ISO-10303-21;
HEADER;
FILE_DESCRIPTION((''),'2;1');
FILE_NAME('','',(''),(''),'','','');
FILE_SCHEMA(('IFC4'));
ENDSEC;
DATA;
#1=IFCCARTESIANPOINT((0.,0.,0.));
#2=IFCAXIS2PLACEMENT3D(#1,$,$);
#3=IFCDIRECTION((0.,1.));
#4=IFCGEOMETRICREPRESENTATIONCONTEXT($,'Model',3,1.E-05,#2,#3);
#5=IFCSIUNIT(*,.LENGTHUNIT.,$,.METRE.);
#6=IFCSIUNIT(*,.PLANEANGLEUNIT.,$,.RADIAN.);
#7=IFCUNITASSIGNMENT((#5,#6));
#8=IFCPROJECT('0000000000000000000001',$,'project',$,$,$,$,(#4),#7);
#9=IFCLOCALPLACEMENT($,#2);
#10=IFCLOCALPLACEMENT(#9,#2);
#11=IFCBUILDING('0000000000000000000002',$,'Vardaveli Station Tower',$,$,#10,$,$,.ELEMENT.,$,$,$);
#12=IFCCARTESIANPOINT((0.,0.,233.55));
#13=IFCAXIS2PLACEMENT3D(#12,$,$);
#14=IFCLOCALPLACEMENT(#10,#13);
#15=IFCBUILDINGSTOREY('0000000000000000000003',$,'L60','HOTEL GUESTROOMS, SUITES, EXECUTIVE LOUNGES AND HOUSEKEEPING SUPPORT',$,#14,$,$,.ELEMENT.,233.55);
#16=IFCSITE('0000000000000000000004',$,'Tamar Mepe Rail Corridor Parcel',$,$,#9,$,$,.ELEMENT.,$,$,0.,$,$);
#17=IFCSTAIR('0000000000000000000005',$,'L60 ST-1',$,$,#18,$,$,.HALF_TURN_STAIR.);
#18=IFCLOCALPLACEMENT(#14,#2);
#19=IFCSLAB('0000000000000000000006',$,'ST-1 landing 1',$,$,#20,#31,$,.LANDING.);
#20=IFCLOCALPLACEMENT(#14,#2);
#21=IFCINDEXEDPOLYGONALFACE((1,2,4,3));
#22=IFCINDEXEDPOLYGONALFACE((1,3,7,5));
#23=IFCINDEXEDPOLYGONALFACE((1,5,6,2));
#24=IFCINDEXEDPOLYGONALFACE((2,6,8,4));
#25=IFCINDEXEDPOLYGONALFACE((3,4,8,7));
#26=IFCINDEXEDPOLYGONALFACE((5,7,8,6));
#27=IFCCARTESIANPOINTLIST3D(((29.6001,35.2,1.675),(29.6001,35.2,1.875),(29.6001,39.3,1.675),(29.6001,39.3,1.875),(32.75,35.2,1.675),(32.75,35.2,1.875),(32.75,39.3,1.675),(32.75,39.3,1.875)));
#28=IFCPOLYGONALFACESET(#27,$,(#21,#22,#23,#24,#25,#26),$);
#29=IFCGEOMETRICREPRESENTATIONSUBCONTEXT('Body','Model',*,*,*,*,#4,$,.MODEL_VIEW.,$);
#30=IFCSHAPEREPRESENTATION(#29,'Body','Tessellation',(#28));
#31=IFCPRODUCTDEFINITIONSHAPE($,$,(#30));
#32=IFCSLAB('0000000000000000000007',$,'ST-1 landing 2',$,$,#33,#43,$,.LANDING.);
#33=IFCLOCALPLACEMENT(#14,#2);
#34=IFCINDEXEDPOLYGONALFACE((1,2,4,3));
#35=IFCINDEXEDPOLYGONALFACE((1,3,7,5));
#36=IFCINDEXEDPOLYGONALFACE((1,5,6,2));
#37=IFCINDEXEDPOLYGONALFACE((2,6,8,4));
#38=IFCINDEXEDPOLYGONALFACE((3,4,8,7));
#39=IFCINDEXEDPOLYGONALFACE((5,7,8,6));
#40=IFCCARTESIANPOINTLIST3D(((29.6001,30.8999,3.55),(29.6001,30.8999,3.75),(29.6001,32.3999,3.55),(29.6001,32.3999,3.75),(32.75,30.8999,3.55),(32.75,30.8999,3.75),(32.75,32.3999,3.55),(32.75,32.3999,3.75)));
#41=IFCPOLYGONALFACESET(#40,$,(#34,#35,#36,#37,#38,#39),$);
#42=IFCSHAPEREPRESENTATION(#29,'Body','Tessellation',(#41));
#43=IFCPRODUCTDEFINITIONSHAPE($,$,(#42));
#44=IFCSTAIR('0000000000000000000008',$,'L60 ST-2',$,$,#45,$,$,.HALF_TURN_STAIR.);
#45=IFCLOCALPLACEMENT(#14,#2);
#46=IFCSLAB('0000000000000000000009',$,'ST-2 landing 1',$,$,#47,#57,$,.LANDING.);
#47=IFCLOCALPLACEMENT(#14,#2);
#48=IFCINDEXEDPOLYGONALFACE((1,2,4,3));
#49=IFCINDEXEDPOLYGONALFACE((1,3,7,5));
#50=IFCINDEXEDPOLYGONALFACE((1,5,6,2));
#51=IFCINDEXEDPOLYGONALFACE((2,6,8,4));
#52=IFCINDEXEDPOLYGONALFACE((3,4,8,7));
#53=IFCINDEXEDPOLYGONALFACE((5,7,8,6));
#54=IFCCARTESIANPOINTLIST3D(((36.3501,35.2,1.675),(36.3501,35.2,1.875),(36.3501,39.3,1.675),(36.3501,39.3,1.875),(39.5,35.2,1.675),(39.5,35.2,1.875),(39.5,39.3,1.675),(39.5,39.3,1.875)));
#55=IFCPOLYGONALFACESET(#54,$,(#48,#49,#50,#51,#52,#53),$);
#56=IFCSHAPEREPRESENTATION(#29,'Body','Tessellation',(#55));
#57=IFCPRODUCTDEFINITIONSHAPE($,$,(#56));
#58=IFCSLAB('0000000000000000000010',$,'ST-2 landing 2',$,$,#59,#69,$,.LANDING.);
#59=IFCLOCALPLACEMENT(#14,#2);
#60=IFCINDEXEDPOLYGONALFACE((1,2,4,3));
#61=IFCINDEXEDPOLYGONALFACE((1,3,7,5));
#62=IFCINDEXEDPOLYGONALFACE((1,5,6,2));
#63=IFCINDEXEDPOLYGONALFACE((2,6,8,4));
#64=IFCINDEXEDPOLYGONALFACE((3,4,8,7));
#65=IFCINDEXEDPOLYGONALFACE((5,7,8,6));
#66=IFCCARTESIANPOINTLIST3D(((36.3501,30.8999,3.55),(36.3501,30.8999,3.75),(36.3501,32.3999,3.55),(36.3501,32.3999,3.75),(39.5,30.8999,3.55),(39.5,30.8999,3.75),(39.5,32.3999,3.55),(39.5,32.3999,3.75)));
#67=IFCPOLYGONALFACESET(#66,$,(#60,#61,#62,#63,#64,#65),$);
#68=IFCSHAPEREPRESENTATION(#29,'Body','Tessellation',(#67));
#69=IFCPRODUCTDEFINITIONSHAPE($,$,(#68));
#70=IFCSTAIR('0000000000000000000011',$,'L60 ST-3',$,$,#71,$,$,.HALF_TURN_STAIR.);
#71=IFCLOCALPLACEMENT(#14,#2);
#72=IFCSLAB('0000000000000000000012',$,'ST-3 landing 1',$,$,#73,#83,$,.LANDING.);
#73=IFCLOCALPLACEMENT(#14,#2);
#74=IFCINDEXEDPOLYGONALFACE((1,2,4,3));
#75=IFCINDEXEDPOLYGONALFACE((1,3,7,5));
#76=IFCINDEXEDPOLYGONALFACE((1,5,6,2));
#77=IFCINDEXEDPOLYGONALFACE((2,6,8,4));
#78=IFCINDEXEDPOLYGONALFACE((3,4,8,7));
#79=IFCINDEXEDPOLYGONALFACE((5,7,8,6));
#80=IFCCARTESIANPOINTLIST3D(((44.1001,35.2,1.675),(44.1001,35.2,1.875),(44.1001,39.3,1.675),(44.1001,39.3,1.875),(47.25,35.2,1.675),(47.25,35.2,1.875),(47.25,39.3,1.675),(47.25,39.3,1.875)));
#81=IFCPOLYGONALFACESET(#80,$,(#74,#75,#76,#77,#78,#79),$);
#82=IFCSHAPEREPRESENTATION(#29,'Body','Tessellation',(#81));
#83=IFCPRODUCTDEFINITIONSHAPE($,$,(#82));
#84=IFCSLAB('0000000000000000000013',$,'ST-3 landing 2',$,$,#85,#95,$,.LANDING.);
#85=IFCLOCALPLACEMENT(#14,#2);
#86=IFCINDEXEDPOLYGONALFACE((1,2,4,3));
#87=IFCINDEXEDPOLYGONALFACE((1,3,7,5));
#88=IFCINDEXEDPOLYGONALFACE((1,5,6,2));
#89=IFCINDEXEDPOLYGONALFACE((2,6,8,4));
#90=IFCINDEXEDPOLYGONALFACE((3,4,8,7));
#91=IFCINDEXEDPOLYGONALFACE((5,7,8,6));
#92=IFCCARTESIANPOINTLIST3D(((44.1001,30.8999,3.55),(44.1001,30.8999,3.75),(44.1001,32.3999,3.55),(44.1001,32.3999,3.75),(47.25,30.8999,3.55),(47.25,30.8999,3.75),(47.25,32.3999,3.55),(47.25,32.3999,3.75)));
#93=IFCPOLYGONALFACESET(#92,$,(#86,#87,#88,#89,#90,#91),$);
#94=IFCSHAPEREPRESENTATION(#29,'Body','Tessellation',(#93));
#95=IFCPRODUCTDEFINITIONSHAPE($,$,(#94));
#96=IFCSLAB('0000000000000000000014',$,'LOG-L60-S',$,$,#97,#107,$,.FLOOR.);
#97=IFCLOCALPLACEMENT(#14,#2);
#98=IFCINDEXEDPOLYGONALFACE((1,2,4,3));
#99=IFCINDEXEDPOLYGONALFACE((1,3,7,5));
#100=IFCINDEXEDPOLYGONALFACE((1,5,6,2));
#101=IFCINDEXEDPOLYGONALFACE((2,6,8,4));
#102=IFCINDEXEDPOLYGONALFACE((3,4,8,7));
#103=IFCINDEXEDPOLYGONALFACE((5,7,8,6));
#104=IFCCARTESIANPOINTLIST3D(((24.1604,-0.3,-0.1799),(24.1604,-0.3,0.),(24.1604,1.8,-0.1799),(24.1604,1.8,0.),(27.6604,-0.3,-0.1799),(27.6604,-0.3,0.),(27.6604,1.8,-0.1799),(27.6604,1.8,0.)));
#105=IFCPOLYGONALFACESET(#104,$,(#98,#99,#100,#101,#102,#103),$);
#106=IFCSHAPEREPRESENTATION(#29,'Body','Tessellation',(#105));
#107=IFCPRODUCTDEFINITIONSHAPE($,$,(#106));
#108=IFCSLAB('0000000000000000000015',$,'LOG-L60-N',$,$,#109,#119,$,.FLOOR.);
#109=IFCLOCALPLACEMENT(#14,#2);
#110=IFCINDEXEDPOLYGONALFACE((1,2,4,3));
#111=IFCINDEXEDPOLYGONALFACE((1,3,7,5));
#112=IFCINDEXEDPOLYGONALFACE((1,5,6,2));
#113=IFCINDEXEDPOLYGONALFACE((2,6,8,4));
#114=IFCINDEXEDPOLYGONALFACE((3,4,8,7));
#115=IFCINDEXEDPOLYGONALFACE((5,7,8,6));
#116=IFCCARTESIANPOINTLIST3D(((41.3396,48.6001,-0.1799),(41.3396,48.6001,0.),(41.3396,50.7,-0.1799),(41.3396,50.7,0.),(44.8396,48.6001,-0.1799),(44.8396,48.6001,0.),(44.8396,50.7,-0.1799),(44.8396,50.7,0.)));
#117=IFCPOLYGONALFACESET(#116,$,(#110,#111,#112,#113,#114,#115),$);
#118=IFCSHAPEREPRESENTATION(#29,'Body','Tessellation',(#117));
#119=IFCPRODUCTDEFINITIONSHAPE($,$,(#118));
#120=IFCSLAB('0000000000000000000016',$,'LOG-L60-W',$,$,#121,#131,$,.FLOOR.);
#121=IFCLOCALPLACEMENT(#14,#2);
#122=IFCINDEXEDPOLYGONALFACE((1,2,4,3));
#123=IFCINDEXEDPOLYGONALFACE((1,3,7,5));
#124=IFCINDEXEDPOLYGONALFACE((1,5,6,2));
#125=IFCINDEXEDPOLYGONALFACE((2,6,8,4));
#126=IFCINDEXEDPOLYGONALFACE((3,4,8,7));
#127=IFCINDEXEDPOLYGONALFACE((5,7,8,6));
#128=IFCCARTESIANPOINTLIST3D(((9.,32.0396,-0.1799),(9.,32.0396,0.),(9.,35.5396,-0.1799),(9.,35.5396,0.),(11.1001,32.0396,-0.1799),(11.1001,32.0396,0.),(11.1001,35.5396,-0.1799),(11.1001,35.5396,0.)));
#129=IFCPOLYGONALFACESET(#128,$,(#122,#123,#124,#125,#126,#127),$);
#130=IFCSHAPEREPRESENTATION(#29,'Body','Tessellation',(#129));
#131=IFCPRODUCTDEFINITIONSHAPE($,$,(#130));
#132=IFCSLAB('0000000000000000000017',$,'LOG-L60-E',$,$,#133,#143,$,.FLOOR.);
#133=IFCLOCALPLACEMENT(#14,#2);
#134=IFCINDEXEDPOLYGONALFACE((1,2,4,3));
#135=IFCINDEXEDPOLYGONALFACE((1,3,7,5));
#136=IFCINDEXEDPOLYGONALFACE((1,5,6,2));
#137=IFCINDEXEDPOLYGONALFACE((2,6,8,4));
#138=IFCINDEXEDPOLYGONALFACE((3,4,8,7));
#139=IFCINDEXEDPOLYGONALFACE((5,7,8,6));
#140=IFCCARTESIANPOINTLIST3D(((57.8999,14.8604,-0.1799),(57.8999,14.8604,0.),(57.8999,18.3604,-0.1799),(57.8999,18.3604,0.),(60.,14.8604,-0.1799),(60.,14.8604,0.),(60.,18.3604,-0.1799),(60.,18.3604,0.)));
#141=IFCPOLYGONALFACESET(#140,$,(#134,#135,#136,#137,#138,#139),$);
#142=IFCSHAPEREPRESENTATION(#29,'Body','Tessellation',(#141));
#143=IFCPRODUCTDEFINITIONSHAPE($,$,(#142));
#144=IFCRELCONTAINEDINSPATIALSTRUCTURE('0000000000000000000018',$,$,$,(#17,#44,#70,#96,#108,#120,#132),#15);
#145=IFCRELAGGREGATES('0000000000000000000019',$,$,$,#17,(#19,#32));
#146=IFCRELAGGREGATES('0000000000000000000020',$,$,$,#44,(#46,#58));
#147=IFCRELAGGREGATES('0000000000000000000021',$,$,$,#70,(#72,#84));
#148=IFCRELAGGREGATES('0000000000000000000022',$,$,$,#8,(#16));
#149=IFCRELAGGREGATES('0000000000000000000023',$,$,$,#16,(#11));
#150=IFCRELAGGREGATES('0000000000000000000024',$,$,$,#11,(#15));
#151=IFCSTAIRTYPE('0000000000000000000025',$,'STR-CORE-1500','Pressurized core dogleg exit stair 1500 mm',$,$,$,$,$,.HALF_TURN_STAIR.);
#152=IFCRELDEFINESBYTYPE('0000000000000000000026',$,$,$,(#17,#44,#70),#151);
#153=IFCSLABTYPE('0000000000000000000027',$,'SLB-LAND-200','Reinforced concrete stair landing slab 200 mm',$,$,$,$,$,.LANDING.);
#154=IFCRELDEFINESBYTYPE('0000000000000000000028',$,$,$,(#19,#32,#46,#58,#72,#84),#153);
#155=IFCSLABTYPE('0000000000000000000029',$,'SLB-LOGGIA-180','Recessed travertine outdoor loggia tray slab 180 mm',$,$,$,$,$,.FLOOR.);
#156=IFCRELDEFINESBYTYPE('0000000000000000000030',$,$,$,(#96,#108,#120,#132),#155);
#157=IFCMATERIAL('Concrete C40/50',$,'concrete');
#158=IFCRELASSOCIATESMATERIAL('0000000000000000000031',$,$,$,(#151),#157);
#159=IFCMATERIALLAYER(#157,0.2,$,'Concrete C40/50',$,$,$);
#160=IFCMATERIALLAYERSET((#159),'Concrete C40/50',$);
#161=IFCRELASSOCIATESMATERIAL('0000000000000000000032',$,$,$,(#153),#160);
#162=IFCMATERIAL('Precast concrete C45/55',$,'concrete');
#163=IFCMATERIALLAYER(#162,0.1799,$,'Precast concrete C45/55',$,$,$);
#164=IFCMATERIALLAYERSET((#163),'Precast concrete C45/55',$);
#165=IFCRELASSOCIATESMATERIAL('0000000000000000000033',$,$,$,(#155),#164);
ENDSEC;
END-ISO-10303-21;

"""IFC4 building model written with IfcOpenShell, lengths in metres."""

from ifc_helpers import new_model, si_unit, direction, frame, origin, place, context, subcontext, project, spatial, polyline, outline, extrude, material, layer, layer_set, type_object, element, aggregate, save


model = new_model("IFC4")

# Units and contexts
model_context = context("Model", 3, precision=1e-05, world=origin(), true_north=direction((0.0, 1.0)))
body_context = subcontext(model_context, "Body", "Model", "MODEL_VIEW")
ifc_project = project(units=[si_unit("LENGTHUNIT", "METRE"), si_unit("PLANEANGLEUNIT", "RADIAN")], contexts=[model_context])

# Site, building, storey
site_placement = place(None, origin())
site = spatial("IfcSite", under=ifc_project, at=site_placement, Name="Tamar Mepe Rail Corridor Parcel", CompositionType="ELEMENT", RefElevation=0.0)
building_placement = place(site_placement, origin())
building = spatial("IfcBuilding", under=site, at=building_placement, Name="Vardaveli Station Tower", CompositionType="ELEMENT")
storey_placement = place(building_placement, frame((0.0, 0.0, 233.55)))
storey = spatial("IfcBuildingStorey", under=building, at=storey_placement, Name="L60", Description="HOTEL GUESTROOMS, SUITES, EXECUTIVE LOUNGES AND HOUSEKEEPING SUPPORT", CompositionType="ELEMENT", Elevation=233.55)

# Stairs, slabs
ifc_material_1 = material(Name="Concrete C40/50", Category="concrete")
stair_type = type_object("IfcStairType", Name="STR-CORE-1500", Description="Pressurized core dogleg exit stair 1500 mm", PredefinedType="HALF_TURN_STAIR", material=ifc_material_1)
stair_1_placement = place(storey_placement, origin())
stair_1 = element("IfcStair", 1, at=stair_1_placement, inside=storey, type_object=stair_type, Name="L60 ST-1", PredefinedType="HALF_TURN_STAIR")
ifc_layer_1 = layer(ifc_material_1, 0.2, Name="Concrete C40/50")
ifc_layer_set_1 = layer_set([ifc_layer_1], Name="Concrete C40/50")
slab_type_1 = type_object("IfcSlabType", Name="SLB-LAND-200", Description="Reinforced concrete stair landing slab 200 mm", PredefinedType="LANDING", material=ifc_layer_set_1)
slab_1_placement = place(storey_placement, frame((0.0, 0.0, 1.675)))
slab_1 = element("IfcSlab", 2, at=slab_1_placement, type_object=slab_type_1, Name="ST-1 landing 1", PredefinedType="LANDING", context=body_context, shape_type="SweptSolid", body=[
    extrude(outline(polyline([(32.75, 35.2), (32.75, 39.3), (29.6001, 39.3), (29.6001, 35.2), (32.75, 35.2)])), origin(), (0.0, 0.0, 1.0), 0.2),
])
slab_2_placement = place(storey_placement, frame((0.0, 0.0, 3.55)))
slab_2 = element("IfcSlab", 3, at=slab_2_placement, type_object=slab_type_1, Name="ST-1 landing 2", PredefinedType="LANDING", context=body_context, shape_type="SweptSolid", body=[
    extrude(outline(polyline([(32.75, 30.8999), (32.75, 32.3999), (29.6001, 32.3999), (29.6001, 30.8999), (32.75, 30.8999)])), origin(), (0.0, 0.0, 1.0), 0.2),
])
aggregate(stair_1, [slab_1, slab_2])
stair_2_placement = place(storey_placement, origin())
stair_2 = element("IfcStair", 4, at=stair_2_placement, inside=storey, type_object=stair_type, Name="L60 ST-2", PredefinedType="HALF_TURN_STAIR")
slab_3_placement = place(storey_placement, frame((0.0, 0.0, 1.675)))
slab_3 = element("IfcSlab", 5, at=slab_3_placement, type_object=slab_type_1, Name="ST-2 landing 1", PredefinedType="LANDING", context=body_context, shape_type="SweptSolid", body=[
    extrude(outline(polyline([(39.5, 35.2), (39.5, 39.3), (36.3501, 39.3), (36.3501, 35.2), (39.5, 35.2)])), origin(), (0.0, 0.0, 1.0), 0.2),
])
slab_4_placement = place(storey_placement, frame((0.0, 0.0, 3.55)))
slab_4 = element("IfcSlab", 6, at=slab_4_placement, type_object=slab_type_1, Name="ST-2 landing 2", PredefinedType="LANDING", context=body_context, shape_type="SweptSolid", body=[
    extrude(outline(polyline([(39.5, 30.8999), (39.5, 32.3999), (36.3501, 32.3999), (36.3501, 30.8999), (39.5, 30.8999)])), origin(), (0.0, 0.0, 1.0), 0.2),
])
aggregate(stair_2, [slab_3, slab_4])
stair_3_placement = place(storey_placement, origin())
stair_3 = element("IfcStair", 7, at=stair_3_placement, inside=storey, type_object=stair_type, Name="L60 ST-3", PredefinedType="HALF_TURN_STAIR")
slab_5_placement = place(storey_placement, frame((0.0, 0.0, 1.675)))
slab_5 = element("IfcSlab", 8, at=slab_5_placement, type_object=slab_type_1, Name="ST-3 landing 1", PredefinedType="LANDING", context=body_context, shape_type="SweptSolid", body=[
    extrude(outline(polyline([(47.25, 35.2), (47.25, 39.3), (44.1001, 39.3), (44.1001, 35.2), (47.25, 35.2)])), origin(), (0.0, 0.0, 1.0), 0.2),
])
slab_6_placement = place(storey_placement, frame((0.0, 0.0, 3.55)))
slab_6 = element("IfcSlab", 9, at=slab_6_placement, type_object=slab_type_1, Name="ST-3 landing 2", PredefinedType="LANDING", context=body_context, shape_type="SweptSolid", body=[
    extrude(outline(polyline([(47.25, 30.8999), (47.25, 32.3999), (44.1001, 32.3999), (44.1001, 30.8999), (47.25, 30.8999)])), origin(), (0.0, 0.0, 1.0), 0.2),
])
aggregate(stair_3, [slab_5, slab_6])

# Slabs
ifc_material_2 = material(Name="Precast concrete C45/55", Category="concrete")
ifc_layer_2 = layer(ifc_material_2, 0.1799, Name="Precast concrete C45/55")
ifc_layer_set_2 = layer_set([ifc_layer_2], Name="Precast concrete C45/55")
slab_type_2 = type_object("IfcSlabType", Name="SLB-LOGGIA-180", Description="Recessed travertine outdoor loggia tray slab 180 mm", PredefinedType="FLOOR", material=ifc_layer_set_2)
slab_7_placement = place(storey_placement, frame((0.0, 0.0, -0.1799)))
element("IfcSlab", 10, at=slab_7_placement, inside=storey, type_object=slab_type_2, Name="LOG-L60-S", PredefinedType="FLOOR", context=body_context, shape_type="SweptSolid", body=[
    extrude(outline(polyline([(24.1604, -0.3), (27.6604, -0.3), (27.6604, 1.8), (24.1604, 1.8), (24.1604, -0.3)])), origin(), (0.0, 0.0, 1.0), 0.1799),
])
slab_8_placement = place(storey_placement, frame((0.0, 0.0, -0.1799)))
element("IfcSlab", 11, at=slab_8_placement, inside=storey, type_object=slab_type_2, Name="LOG-L60-N", PredefinedType="FLOOR", context=body_context, shape_type="SweptSolid", body=[
    extrude(outline(polyline([(41.3396, 48.6001), (44.8396, 48.6001), (44.8396, 50.7), (41.3396, 50.7), (41.3396, 48.6001)])), origin(), (0.0, 0.0, 1.0), 0.1799),
])
slab_9_placement = place(storey_placement, frame((0.0, 0.0, -0.1799)))
element("IfcSlab", 12, at=slab_9_placement, inside=storey, type_object=slab_type_2, Name="LOG-L60-W", PredefinedType="FLOOR", context=body_context, shape_type="SweptSolid", body=[
    extrude(outline(polyline([(9.0, 32.0396), (11.1001, 32.0396), (11.1001, 35.5396), (9.0, 35.5396), (9.0, 32.0396)])), origin(), (0.0, 0.0, 1.0), 0.1799),
])
slab_10_placement = place(storey_placement, frame((0.0, 0.0, -0.1799)))
element("IfcSlab", 13, at=slab_10_placement, inside=storey, type_object=slab_type_2, Name="LOG-L60-E", PredefinedType="FLOOR", context=body_context, shape_type="SweptSolid", body=[
    extrude(outline(polyline([(57.8999, 14.8604), (60.0, 14.8604), (60.0, 18.3604), (57.8999, 18.3604), (57.8999, 14.8604)])), origin(), (0.0, 0.0, 1.0), 0.1799),
])

save(model, "model.ifc")
